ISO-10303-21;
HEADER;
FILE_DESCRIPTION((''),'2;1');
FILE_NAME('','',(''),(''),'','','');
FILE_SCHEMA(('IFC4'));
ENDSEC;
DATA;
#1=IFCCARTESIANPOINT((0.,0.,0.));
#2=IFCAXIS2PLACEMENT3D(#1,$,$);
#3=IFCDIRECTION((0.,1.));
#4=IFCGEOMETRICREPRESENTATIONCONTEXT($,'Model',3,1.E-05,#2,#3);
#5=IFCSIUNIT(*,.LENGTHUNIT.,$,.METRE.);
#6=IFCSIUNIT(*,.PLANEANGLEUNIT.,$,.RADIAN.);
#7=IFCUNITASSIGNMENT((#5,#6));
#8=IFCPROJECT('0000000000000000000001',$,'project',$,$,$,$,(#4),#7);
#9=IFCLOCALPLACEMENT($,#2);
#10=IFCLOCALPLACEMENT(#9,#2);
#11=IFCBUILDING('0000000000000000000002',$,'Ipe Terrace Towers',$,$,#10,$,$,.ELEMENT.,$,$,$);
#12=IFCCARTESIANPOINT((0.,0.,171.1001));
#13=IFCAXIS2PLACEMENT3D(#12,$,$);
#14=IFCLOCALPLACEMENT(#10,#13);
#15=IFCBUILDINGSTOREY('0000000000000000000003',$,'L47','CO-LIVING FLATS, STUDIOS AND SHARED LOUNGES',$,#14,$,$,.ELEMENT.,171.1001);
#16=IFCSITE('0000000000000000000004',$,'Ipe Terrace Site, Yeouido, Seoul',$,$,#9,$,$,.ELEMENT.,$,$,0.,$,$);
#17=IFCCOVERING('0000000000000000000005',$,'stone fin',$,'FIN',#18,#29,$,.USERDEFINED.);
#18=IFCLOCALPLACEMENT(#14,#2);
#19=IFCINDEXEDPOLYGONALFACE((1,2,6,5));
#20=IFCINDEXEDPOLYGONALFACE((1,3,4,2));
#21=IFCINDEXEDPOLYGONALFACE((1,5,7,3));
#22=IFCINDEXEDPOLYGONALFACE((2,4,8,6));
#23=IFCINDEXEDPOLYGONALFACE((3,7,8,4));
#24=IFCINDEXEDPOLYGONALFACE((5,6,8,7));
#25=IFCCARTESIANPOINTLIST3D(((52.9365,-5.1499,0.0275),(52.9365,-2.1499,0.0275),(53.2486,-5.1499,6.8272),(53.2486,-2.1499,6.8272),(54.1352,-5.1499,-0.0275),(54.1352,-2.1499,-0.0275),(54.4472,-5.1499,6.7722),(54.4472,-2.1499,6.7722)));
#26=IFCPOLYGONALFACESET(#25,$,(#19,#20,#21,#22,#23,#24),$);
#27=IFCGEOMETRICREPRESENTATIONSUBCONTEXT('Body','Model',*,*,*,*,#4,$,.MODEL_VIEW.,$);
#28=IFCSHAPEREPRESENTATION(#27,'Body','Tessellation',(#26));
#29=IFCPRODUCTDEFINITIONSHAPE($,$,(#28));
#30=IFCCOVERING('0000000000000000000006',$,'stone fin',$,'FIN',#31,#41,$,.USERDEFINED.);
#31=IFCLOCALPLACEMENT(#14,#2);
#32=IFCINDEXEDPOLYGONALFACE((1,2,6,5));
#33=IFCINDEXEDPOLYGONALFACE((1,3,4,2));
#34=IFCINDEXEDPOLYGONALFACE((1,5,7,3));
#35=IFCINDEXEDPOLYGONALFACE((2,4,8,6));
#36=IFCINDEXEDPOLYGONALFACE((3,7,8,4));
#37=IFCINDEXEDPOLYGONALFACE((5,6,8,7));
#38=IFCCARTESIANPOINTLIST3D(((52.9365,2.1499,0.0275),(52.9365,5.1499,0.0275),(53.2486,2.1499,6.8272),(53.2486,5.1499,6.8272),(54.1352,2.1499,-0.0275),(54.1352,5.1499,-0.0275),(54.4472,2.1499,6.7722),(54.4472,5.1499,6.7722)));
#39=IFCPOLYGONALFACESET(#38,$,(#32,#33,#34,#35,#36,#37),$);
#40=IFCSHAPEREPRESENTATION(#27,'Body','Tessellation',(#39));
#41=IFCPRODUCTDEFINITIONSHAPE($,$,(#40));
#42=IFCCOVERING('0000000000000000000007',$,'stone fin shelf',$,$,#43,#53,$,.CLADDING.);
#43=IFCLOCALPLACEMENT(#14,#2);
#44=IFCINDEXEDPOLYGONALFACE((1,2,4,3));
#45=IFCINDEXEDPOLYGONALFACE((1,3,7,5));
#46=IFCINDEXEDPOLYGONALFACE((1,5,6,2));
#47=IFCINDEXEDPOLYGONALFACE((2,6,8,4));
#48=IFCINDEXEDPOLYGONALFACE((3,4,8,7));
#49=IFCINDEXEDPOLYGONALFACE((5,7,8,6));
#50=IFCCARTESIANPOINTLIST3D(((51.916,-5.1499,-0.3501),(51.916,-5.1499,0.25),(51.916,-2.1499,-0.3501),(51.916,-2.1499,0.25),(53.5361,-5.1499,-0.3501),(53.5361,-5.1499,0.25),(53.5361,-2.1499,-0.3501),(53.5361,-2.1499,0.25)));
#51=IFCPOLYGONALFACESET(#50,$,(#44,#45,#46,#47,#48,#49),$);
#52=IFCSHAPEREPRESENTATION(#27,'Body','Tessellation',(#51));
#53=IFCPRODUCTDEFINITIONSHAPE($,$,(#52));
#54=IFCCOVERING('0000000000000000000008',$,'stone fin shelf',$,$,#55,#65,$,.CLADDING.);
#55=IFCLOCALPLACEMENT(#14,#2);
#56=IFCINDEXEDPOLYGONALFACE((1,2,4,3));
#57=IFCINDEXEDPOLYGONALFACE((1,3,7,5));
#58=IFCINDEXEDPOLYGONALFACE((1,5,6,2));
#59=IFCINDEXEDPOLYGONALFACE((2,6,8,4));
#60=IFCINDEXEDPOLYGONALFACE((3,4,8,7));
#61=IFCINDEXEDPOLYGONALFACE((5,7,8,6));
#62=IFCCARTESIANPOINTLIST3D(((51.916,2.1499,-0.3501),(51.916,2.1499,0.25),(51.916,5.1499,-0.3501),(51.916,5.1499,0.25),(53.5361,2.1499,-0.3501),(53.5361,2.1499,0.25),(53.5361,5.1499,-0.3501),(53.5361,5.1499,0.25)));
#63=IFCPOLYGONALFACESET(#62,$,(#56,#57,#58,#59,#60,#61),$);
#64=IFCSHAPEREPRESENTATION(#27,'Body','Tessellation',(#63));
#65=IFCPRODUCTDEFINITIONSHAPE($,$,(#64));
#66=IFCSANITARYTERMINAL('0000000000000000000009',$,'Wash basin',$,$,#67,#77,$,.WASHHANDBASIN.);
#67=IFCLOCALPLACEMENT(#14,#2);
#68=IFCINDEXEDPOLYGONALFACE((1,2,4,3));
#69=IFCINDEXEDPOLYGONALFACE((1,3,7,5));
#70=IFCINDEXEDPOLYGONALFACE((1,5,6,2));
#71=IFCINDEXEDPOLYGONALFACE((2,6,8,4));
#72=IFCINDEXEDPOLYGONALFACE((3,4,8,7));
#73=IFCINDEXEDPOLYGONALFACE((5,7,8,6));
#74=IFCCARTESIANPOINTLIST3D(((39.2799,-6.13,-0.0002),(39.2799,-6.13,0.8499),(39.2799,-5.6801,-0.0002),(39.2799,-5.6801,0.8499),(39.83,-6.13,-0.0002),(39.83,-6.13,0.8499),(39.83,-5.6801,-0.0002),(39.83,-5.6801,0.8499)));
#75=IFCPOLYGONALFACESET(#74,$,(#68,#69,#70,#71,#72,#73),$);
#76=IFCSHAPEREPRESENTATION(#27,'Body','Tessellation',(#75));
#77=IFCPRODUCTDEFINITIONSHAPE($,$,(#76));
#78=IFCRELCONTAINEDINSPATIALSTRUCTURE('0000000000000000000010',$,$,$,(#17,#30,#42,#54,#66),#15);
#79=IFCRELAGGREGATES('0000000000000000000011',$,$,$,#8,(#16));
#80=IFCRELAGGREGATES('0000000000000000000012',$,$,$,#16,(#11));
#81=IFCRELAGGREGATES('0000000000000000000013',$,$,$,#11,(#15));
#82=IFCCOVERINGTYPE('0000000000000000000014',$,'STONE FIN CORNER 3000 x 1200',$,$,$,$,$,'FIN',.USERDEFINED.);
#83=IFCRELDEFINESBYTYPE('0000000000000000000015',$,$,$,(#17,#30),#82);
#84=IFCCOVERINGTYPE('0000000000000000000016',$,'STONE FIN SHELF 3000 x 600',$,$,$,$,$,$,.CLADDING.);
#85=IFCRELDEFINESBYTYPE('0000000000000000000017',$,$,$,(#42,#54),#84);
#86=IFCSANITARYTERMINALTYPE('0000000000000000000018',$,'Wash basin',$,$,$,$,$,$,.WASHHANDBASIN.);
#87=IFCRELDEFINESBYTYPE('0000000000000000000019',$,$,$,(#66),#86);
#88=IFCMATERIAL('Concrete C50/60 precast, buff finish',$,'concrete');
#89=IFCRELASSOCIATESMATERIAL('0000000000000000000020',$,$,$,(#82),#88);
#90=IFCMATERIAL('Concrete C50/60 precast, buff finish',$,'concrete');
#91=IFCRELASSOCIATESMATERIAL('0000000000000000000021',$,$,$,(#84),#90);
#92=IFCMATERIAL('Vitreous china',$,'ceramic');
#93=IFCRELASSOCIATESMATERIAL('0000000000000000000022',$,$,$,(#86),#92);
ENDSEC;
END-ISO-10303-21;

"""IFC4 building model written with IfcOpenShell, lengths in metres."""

from ifc_helpers import new_model, si_unit, direction, frame, origin, origin_2d, place, context, subcontext, project, spatial, rectangle, extrude, material, material_profile, profile_set, type_object, element, save


model = new_model("IFC4")

# Units and contexts
model_context = context("Model", 3, precision=1e-05, world=origin(), true_north=direction((0.0, 1.0)))
body_context = subcontext(model_context, "Body", "Model", "MODEL_VIEW")
ifc_project = project(units=[si_unit("LENGTHUNIT", "METRE"), si_unit("PLANEANGLEUNIT", "RADIAN")], contexts=[model_context])

# Site, building, storey
site_placement = place(None, origin())
site = spatial("IfcSite", under=ifc_project, at=site_placement, Name="Ipe Terrace Site, Yeouido, Seoul", CompositionType="ELEMENT", RefElevation=0.0)
building_placement = place(site_placement, origin())
building = spatial("IfcBuilding", under=site, at=building_placement, Name="Ipe Terrace Towers", CompositionType="ELEMENT")
storey_placement = place(building_placement, frame((0.0, 0.0, 171.1001)))
storey = spatial("IfcBuildingStorey", under=building, at=storey_placement, Name="L47", Description="CO-LIVING FLATS, STUDIOS AND SHARED LOUNGES", CompositionType="ELEMENT", Elevation=171.1001)

# Coverings
ifc_material_1 = material(Name="Concrete C50/60 precast, buff finish", Category="concrete")
ifc_material_profile_1 = material_profile(ifc_material_1, rectangle(XDim=3.0, YDim=1.2, at=origin_2d()), Name="STONE FIN CORNER 3000 x 1200")
ifc_profile_set_1 = profile_set([ifc_material_profile_1], Name="Concrete C50/60 precast, buff finish")
covering_type_1 = type_object("IfcCoveringType", Name="STONE FIN CORNER 3000 x 1200", ElementType="FIN", PredefinedType="USERDEFINED", material=ifc_profile_set_1)
for number, where, z_axis, x_axis, name in (
    (1, (53.5359, -3.6499, 0.0), (0.045837, 0.0, 0.998949), (0.0, 1.0, 0.0), "stone fin"),
    (2, (53.5359, 3.6499, 0.0), (0.045837, 0.0, 0.998949), (0.0, 1.0, 0.0), "stone fin"),
):
    element("IfcCovering", number, at=place(storey_placement, frame(where, z_axis=z_axis, x_axis=x_axis)), inside=storey, type_object=covering_type_1, Name=name, ObjectType="FIN", PredefinedType="USERDEFINED", context=body_context, shape_type="SweptSolid", body=[
        extrude(rectangle(XDim=3.0, YDim=1.2, at=origin_2d()), origin(), (0.0, 0.0, 1.0), 6.8069),
    ])
ifc_material_2 = material(Name="Concrete C50/60 precast, buff finish", Category="concrete")
covering_type_2 = type_object("IfcCoveringType", Name="STONE FIN SHELF 3000 x 600", PredefinedType="CLADDING", material=ifc_material_2)
for number, where, z_axis, x_axis, name in (
    (3, (52.7261, -3.6499, -0.3501), (0.0, 0.0, 1.0), (0.0, 1.0, 0.0), "stone fin shelf"),
    (4, (52.7261, 3.6499, -0.3501), (0.0, 0.0, 1.0), (0.0, 1.0, 0.0), "stone fin shelf"),
):
    element("IfcCovering", number, at=place(storey_placement, frame(where, z_axis=z_axis, x_axis=x_axis)), inside=storey, type_object=covering_type_2, Name=name, PredefinedType="CLADDING", context=body_context, shape_type="SweptSolid", body=[
        extrude(rectangle(XDim=3.0, YDim=1.6201, at=origin_2d()), origin(), (0.0, 0.0, 1.0), 0.6001),
    ])

# Sanitary terminal
ifc_material_3 = material(Name="Vitreous china", Category="ceramic")
sanitary_terminal_type = type_object("IfcSanitaryTerminalType", Name="Wash basin", PredefinedType="WASHHANDBASIN", material=ifc_material_3)
sanitary_terminal_placement = place(storey_placement, frame((39.5549, -5.905, -0.0002), z_axis=(0.0, 0.0, 1.0), x_axis=(-1.0, 0.0, 0.0)))
element("IfcSanitaryTerminal", 5, at=sanitary_terminal_placement, inside=storey, type_object=sanitary_terminal_type, Name="Wash basin", PredefinedType="WASHHANDBASIN", context=body_context, shape_type="SweptSolid", body=[
    extrude(rectangle(XDim=0.55, YDim=0.45, at=origin_2d()), origin(), (0.0, 0.0, 1.0), 0.8501),
])

save(model, "model.ifc")
